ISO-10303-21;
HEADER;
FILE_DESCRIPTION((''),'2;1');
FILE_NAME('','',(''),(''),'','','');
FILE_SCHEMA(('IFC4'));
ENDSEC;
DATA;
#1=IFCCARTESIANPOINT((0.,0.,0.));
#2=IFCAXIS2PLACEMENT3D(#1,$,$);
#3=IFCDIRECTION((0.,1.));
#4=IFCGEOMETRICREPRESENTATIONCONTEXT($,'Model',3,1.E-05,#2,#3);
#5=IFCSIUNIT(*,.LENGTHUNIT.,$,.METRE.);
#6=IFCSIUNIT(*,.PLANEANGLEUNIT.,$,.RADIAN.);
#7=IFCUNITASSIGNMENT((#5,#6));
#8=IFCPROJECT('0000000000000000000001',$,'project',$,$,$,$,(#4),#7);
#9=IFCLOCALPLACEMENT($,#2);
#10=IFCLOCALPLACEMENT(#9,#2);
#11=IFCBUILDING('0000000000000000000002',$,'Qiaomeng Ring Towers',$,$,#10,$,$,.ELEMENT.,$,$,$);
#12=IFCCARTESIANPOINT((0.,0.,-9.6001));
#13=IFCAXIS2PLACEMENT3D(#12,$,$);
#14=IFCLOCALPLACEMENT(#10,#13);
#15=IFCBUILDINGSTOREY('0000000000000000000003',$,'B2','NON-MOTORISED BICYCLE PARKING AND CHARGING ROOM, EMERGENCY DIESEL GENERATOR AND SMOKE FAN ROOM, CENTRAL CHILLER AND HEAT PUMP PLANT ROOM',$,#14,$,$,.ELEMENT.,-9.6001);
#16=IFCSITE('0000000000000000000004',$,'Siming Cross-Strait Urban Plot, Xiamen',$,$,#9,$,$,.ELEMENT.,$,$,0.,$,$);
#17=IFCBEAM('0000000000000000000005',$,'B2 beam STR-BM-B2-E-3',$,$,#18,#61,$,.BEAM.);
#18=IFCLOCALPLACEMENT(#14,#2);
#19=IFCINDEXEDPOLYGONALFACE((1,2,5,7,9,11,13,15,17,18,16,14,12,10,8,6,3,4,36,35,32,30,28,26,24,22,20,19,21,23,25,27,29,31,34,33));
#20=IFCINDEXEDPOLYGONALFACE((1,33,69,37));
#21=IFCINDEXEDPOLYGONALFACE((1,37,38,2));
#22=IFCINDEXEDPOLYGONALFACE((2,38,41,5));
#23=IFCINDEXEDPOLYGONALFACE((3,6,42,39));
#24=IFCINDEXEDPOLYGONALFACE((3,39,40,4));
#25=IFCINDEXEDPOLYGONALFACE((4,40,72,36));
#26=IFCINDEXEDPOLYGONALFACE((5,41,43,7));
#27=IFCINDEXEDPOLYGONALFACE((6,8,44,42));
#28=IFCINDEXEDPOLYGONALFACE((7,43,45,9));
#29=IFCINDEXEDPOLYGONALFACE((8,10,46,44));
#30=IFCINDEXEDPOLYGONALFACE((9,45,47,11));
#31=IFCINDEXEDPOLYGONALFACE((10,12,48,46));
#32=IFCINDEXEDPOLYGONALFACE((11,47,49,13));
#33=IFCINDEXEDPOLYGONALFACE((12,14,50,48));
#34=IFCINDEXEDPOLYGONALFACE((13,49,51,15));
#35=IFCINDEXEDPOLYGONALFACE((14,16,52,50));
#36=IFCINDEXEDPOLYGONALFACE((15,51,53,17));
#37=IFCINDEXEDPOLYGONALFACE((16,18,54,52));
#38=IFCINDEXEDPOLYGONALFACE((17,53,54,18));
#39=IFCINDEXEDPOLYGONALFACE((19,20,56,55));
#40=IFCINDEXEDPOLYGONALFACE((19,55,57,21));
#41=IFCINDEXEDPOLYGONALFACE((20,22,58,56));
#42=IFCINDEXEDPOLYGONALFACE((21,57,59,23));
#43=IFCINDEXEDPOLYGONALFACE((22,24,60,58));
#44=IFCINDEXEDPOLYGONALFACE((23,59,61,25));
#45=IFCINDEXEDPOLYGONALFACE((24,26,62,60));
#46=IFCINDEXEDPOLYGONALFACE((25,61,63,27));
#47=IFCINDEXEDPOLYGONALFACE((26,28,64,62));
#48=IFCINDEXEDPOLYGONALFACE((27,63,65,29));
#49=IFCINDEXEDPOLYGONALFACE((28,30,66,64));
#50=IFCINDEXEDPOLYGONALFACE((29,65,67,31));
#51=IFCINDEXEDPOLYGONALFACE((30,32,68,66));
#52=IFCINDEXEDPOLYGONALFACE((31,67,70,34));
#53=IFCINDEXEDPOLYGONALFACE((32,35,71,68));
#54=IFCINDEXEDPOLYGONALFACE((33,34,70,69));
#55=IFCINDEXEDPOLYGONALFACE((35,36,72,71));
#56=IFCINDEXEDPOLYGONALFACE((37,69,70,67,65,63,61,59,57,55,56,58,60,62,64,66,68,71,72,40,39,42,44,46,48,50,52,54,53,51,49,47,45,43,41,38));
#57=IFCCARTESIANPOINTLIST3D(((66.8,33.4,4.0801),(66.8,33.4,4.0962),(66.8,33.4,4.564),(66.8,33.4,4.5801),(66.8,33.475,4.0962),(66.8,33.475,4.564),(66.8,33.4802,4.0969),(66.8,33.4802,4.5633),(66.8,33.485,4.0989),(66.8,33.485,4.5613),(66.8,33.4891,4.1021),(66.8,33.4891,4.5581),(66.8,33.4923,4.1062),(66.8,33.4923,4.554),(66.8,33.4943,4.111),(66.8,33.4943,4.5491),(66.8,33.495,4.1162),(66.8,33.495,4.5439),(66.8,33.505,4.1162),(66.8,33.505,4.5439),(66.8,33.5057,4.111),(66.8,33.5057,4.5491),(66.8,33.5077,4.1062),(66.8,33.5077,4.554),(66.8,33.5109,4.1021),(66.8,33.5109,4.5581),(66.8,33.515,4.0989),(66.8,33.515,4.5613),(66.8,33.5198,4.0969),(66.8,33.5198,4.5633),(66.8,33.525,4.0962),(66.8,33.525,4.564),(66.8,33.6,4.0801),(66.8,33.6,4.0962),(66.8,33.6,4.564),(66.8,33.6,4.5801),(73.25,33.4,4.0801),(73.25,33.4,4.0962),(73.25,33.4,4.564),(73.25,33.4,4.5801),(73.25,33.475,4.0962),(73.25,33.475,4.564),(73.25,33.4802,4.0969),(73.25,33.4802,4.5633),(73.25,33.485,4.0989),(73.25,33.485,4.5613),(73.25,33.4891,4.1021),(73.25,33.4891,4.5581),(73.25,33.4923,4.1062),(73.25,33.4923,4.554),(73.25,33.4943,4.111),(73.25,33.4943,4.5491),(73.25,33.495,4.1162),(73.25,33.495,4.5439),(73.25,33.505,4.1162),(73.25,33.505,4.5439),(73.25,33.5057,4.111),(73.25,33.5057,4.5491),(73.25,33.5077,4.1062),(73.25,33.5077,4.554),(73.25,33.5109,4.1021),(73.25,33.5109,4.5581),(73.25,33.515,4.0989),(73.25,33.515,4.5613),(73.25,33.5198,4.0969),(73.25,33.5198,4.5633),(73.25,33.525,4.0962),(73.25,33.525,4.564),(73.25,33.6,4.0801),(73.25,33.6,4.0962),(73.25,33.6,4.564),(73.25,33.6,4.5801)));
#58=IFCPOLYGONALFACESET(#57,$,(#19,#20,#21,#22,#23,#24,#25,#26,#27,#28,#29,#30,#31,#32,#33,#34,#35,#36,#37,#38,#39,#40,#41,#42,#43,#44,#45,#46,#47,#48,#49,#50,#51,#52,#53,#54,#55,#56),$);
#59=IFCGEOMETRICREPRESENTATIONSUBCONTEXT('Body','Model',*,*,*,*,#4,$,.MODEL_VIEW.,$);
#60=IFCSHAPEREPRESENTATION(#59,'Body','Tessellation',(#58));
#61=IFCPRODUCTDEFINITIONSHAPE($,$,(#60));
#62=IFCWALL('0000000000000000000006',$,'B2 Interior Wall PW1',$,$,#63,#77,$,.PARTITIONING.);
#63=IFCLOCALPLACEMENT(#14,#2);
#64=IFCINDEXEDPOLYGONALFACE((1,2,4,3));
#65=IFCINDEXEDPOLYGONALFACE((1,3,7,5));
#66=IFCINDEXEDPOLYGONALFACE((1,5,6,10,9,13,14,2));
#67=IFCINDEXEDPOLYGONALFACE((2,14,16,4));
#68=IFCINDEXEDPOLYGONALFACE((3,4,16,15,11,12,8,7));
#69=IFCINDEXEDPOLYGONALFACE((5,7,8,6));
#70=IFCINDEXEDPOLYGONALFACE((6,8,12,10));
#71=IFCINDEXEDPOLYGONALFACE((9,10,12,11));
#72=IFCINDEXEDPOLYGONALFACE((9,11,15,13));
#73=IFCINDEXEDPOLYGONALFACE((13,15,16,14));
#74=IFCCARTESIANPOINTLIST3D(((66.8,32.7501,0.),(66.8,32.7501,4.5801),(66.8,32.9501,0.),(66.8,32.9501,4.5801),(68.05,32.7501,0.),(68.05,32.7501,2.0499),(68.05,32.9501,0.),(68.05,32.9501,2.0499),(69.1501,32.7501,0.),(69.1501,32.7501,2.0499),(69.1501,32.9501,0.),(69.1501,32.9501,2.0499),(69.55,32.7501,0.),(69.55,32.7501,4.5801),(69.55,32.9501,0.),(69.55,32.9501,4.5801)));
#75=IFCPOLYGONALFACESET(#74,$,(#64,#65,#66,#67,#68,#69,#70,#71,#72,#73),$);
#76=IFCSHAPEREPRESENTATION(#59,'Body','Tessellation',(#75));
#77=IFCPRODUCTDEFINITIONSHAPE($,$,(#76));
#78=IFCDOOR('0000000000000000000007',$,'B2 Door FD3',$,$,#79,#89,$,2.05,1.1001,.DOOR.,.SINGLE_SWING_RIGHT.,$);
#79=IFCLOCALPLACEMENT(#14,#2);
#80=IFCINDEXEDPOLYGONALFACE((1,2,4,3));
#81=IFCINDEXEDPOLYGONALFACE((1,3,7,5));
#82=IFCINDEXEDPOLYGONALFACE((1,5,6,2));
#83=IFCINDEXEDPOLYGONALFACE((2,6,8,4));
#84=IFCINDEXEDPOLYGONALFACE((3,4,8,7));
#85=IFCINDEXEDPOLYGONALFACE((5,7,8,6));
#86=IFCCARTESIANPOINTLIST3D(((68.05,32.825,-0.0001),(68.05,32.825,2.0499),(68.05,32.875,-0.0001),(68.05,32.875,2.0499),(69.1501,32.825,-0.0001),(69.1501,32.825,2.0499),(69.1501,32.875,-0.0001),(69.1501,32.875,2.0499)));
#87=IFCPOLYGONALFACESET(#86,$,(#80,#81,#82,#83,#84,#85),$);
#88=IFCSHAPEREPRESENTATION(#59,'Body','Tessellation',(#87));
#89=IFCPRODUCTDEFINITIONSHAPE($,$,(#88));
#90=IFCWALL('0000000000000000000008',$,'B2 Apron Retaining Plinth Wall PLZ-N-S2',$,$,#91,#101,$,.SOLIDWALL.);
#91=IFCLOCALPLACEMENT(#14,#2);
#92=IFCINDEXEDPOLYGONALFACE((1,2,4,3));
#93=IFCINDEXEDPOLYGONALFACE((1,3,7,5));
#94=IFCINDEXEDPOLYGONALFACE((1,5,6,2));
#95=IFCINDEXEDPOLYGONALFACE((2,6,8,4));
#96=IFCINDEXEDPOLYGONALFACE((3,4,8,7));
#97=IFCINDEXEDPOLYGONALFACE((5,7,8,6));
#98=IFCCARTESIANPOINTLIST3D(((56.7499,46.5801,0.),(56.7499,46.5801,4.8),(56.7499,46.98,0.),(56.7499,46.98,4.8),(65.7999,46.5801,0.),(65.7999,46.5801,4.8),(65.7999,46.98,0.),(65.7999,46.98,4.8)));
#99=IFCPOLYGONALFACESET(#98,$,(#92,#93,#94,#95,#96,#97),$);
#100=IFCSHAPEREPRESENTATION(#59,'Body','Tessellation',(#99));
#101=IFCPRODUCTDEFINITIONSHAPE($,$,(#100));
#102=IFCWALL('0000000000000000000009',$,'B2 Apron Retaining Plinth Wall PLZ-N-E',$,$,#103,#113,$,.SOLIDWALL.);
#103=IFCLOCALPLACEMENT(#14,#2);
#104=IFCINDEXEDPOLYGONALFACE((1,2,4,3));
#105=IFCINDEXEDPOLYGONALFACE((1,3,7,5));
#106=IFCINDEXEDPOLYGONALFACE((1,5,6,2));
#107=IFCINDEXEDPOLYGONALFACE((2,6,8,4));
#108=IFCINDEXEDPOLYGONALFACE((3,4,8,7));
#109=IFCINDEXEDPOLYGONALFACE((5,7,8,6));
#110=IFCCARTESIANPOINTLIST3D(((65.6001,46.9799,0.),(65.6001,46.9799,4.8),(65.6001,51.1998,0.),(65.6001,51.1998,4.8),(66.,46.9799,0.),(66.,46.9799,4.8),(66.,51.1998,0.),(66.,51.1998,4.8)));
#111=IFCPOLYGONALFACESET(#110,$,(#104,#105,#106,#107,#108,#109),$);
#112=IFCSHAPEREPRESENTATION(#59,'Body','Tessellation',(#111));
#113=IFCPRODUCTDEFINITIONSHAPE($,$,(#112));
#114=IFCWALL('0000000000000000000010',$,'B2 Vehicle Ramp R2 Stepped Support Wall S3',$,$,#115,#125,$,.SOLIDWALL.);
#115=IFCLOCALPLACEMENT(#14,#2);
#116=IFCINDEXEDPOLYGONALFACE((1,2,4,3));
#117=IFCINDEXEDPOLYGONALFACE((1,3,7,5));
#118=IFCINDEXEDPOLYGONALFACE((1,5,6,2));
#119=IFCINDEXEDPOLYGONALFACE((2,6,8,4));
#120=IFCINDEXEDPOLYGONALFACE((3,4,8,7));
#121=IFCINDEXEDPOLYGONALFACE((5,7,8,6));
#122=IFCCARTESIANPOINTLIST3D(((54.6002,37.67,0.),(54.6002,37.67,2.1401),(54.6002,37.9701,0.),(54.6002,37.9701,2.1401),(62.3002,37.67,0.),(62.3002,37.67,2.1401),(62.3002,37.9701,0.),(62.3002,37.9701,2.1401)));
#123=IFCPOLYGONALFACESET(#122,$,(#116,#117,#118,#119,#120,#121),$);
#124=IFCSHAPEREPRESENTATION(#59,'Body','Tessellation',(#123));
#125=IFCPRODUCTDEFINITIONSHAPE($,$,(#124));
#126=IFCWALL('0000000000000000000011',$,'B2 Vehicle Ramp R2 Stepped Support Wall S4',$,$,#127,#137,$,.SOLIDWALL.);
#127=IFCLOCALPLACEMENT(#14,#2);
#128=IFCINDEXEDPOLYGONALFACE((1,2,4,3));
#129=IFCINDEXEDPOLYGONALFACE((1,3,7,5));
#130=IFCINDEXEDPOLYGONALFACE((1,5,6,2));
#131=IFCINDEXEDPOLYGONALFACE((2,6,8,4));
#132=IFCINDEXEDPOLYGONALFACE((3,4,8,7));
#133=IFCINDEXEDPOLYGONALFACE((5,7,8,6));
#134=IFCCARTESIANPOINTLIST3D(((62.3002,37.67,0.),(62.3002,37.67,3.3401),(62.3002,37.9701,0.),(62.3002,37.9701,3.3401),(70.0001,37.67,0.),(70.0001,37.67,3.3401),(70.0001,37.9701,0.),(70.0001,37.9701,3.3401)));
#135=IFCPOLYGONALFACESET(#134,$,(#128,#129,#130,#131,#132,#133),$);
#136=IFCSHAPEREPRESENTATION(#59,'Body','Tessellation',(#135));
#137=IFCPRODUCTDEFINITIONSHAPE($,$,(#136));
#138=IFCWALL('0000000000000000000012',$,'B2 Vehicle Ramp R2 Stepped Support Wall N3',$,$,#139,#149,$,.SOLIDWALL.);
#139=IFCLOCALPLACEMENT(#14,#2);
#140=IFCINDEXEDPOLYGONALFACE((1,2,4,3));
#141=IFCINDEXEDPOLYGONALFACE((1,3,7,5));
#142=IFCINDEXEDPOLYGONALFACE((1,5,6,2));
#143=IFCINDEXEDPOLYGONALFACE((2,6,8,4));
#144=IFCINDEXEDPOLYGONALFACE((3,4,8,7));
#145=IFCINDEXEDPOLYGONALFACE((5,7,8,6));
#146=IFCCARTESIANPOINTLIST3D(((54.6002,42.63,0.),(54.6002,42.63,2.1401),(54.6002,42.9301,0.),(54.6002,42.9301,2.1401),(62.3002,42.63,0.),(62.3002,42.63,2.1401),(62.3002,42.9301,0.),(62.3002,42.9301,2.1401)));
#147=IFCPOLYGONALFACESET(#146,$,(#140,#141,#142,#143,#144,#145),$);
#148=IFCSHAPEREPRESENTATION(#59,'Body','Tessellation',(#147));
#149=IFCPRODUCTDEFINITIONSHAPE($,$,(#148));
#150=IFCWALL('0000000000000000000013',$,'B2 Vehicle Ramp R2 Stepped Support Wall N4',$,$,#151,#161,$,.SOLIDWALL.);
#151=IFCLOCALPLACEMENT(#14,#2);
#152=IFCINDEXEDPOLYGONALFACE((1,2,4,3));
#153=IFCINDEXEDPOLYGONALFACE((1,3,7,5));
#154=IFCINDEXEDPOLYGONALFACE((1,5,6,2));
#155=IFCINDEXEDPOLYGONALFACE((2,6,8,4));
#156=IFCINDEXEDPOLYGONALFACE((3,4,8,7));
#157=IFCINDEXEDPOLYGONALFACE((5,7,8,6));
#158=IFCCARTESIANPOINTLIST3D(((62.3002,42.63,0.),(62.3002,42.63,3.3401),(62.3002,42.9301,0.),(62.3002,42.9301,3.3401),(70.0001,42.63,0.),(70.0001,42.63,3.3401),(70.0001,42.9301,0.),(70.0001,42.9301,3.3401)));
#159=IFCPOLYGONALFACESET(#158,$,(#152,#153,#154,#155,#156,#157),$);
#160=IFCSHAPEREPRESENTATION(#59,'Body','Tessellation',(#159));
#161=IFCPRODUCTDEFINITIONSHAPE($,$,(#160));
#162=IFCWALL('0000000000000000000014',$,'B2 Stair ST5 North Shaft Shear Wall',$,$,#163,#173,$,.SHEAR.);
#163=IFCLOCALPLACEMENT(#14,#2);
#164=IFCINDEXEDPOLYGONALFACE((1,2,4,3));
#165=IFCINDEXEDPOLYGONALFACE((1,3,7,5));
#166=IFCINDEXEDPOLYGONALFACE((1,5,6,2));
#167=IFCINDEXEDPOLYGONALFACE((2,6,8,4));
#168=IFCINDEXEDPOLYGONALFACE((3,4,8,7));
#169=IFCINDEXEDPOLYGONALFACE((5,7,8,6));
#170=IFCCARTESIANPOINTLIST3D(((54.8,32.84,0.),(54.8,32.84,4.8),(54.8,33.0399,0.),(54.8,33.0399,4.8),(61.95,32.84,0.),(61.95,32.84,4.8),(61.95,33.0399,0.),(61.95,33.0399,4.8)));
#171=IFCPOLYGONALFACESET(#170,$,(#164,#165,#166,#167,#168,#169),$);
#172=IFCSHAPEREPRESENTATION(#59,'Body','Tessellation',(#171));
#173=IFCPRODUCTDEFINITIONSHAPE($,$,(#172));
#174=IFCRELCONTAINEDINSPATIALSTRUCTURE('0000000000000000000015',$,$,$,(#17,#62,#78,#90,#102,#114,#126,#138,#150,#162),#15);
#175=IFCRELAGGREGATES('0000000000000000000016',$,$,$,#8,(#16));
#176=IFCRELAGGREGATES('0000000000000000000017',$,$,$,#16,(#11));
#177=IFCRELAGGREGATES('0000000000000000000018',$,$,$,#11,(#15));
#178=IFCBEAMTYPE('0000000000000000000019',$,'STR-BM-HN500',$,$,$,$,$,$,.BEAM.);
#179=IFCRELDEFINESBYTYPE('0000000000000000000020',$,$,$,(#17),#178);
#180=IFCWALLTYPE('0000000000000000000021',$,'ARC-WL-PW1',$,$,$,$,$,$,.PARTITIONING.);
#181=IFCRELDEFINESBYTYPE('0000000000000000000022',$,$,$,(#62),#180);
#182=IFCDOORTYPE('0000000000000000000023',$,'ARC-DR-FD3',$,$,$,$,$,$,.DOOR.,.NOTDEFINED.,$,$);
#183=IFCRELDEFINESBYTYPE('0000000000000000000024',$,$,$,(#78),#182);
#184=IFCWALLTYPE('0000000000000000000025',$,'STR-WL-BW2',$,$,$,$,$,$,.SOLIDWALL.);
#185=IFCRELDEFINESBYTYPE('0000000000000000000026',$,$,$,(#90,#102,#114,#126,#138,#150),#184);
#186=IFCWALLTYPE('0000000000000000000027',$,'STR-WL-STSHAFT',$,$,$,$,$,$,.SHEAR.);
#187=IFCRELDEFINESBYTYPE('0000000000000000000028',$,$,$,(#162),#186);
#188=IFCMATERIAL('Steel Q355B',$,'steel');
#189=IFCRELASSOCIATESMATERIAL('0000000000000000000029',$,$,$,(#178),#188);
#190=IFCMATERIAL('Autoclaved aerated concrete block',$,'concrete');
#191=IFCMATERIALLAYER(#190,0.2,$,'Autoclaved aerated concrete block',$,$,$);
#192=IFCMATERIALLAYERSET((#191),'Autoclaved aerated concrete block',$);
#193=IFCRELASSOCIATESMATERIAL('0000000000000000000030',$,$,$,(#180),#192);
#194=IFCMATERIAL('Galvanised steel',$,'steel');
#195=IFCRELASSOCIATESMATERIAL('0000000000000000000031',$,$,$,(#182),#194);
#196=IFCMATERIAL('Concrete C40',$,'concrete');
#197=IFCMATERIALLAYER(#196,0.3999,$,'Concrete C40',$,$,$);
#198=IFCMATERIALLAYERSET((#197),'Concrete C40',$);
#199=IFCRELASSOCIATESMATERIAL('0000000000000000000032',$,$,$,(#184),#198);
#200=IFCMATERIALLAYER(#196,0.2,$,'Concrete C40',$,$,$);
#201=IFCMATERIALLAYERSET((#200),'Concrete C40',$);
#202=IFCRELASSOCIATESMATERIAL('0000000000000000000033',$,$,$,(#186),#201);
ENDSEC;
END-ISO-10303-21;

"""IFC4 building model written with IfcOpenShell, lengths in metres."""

from ifc_helpers import new_model, si_unit, direction, frame, frame_2d, origin, origin_2d, place, context, subcontext, project, spatial, rectangle, i_section, extrude, source, transform, mapped, material, layer, layer_set, material_profile, profile_set, type_object, element, fill, save


model = new_model("IFC4")

# Units and contexts
model_context = context("Model", 3, precision=1e-05, world=origin(), true_north=direction((0.0, 1.0)))
body_context = subcontext(model_context, "Body", "Model", "MODEL_VIEW")
ifc_project = project(units=[si_unit("LENGTHUNIT", "METRE"), si_unit("PLANEANGLEUNIT", "RADIAN")], contexts=[model_context])

# Site, building, storey
site_placement = place(None, origin())
site = spatial("IfcSite", under=ifc_project, at=site_placement, Name="Siming Cross-Strait Urban Plot, Xiamen", CompositionType="ELEMENT", RefElevation=0.0)
building_placement = place(site_placement, origin())
building = spatial("IfcBuilding", under=site, at=building_placement, Name="Qiaomeng Ring Towers", CompositionType="ELEMENT")
storey_placement = place(building_placement, frame((0.0, 0.0, -9.6001)))
storey = spatial("IfcBuildingStorey", under=building, at=storey_placement, Name="B2", Description="NON-MOTORISED BICYCLE PARKING AND CHARGING ROOM, EMERGENCY DIESEL GENERATOR AND SMOKE FAN ROOM, CENTRAL CHILLER AND HEAT PUMP PLANT ROOM", CompositionType="ELEMENT", Elevation=-9.6001)

# Shared definitions
ifc_material_1 = material(Name="Concrete C40", Category="concrete")

# Beam
ifc_material_2 = material(Name="Steel Q355B", Category="steel")
ifc_material_profile_1 = material_profile(ifc_material_2, i_section(OverallWidth=0.2, OverallDepth=0.5, WebThickness=0.01, FlangeThickness=0.0161, FilletRadius=0.02, at=origin_2d()), Name="HN 500x200x10x16")
ifc_profile_set_1 = profile_set([ifc_material_profile_1], Name="Steel Q355B")
beam_type = type_object("IfcBeamType", Name="STR-BM-HN500", PredefinedType="BEAM", material=ifc_profile_set_1)
shared_shape_1 = source(origin(), body_context, "Body", "SweptSolid", [
    extrude(i_section(OverallWidth=0.2, OverallDepth=0.5, WebThickness=0.01, FlangeThickness=0.0161, FilletRadius=0.02, at=origin_2d()), origin(), (0.0, 0.0, 1.0), 6.45),
])
beam_1_placement = place(storey_placement, frame((66.8, 33.5, 4.3301), z_axis=(1.0, 0.0, 0.0), x_axis=(0.0, 1.0, 0.0)))
element("IfcBeam", 1, at=beam_1_placement, inside=storey, type_object=beam_type, Name="B2 beam STR-BM-B2-E-3", PredefinedType="BEAM", context=body_context, shape_type="MappedRepresentation", body=[
    mapped(shared_shape_1, transform((0.0, 0.0, 0.0), x_axis=(1.0, 0.0, 0.0), y_axis=(0.0, 1.0, 0.0), z_axis=(0.0, 0.0, 1.0), scale=1.0)),
])

# Wall, opening, door
ifc_material_3 = material(Name="Autoclaved aerated concrete block", Category="concrete")
ifc_layer_1 = layer(ifc_material_3, 0.2, Name="Autoclaved aerated concrete block")
ifc_layer_set_1 = layer_set([ifc_layer_1], Name="Autoclaved aerated concrete block")
wall_type_1 = type_object("IfcWallType", Name="ARC-WL-PW1", PredefinedType="PARTITIONING", material=ifc_layer_set_1)
wall_1_placement = place(storey_placement, frame((66.8, 32.8501, 0.0), z_axis=(0.0, 0.0, 1.0), x_axis=(1.0, 0.0, 0.0)))
wall_1 = element("IfcWall", 2, at=wall_1_placement, inside=storey, type_object=wall_type_1, Name="B2 Interior Wall PW1", PredefinedType="PARTITIONING", context=body_context, shape_type="SweptSolid", body=[
    extrude(rectangle(XDim=2.75, YDim=0.2, at=frame_2d((1.375, 0.0))), origin(), (0.0, 0.0, 1.0), 4.5801),
])
opening_1_placement = place(wall_1_placement, frame((1.25, 0.0, 0.0)))
opening_1 = element("IfcOpeningElement", 3, at=opening_1_placement, cuts=wall_1, PredefinedType="OPENING", context=body_context, shape_type="SweptSolid", body=[
    extrude(rectangle(XDim=1.1001, YDim=2.05, at=frame_2d((0.55, 1.0249))), frame((0.0, 0.1099, 0.0), z_axis=(0.0, -1.0, 0.0), x_axis=(1.0, 0.0, 0.0)), (0.0, 0.0, 1.0), 0.22),
])
ifc_material_4 = material(Name="Galvanised steel", Category="steel")
door_type_1 = type_object("IfcDoorType", Name="ARC-DR-FD3", OperationType="NOTDEFINED", PredefinedType="DOOR", material=ifc_material_4)
shared_shape_2 = source(origin(), body_context, "Body", "SweptSolid", [
    extrude(rectangle(XDim=1.1001, YDim=2.05, at=frame_2d((0.55, 1.0249))), frame((0.0, 0.0249, 0.0), z_axis=(0.0, -1.0, 0.0), x_axis=(1.0, 0.0, 0.0)), (0.0, 0.0, 1.0), 0.05),
])
door_1_placement = place(opening_1_placement, origin())
door_1 = element("IfcDoor", 4, at=door_1_placement, inside=storey, type_object=door_type_1, Name="B2 Door FD3", OperationType="SINGLE_SWING_RIGHT", OverallHeight=2.05, OverallWidth=1.1001, PredefinedType="DOOR", context=body_context, shape_type="MappedRepresentation", body=[
    mapped(shared_shape_2, transform((0.0, 0.0, 0.0), x_axis=(1.0, 0.0, 0.0), y_axis=(0.0, 1.0, 0.0), z_axis=(0.0, 0.0, 1.0), scale=1.0)),
])
fill(opening_1, door_1)

# Walls
ifc_layer_2 = layer(ifc_material_1, 0.3999, Name="Concrete C40")
ifc_layer_set_2 = layer_set([ifc_layer_2], Name="Concrete C40")
wall_type_2 = type_object("IfcWallType", Name="STR-WL-BW2", PredefinedType="SOLIDWALL", material=ifc_layer_set_2)
wall_2_placement = place(storey_placement, frame((56.75, 46.78, 0.0), z_axis=(0.0, 0.0, 1.0), x_axis=(1.0, 0.0, 0.0)))
element("IfcWall", 5, at=wall_2_placement, inside=storey, type_object=wall_type_2, Name="B2 Apron Retaining Plinth Wall PLZ-N-S2", PredefinedType="SOLIDWALL", context=body_context, shape_type="SweptSolid", body=[
    extrude(rectangle(XDim=9.05, YDim=0.3999, at=frame_2d((4.5249, 0.0))), origin(), (0.0, 0.0, 1.0), 4.8),
])
wall_3_placement = place(storey_placement, frame((65.8, 46.98, 0.0), z_axis=(0.0, 0.0, 1.0), x_axis=(0.0, 1.0, 0.0)))
element("IfcWall", 6, at=wall_3_placement, inside=storey, type_object=wall_type_2, Name="B2 Apron Retaining Plinth Wall PLZ-N-E", PredefinedType="SOLIDWALL", context=body_context, shape_type="SweptSolid", body=[
    extrude(rectangle(XDim=4.22, YDim=0.3999, at=frame_2d((2.1099, 0.0))), origin(), (0.0, 0.0, 1.0), 4.8),
])
wall_4_placement = place(storey_placement, frame((54.6001, 37.8201, 0.0), z_axis=(0.0, 0.0, 1.0), x_axis=(1.0, 0.0, 0.0)))
element("IfcWall", 7, at=wall_4_placement, inside=storey, type_object=wall_type_2, Name="B2 Vehicle Ramp R2 Stepped Support Wall S3", PredefinedType="SOLIDWALL", context=body_context, shape_type="SweptSolid", body=[
    extrude(rectangle(XDim=7.7, YDim=0.3, at=frame_2d((3.8501, 0.0))), origin(), (0.0, 0.0, 1.0), 2.1401),
])
wall_5_placement = place(storey_placement, frame((62.3, 37.8201, 0.0), z_axis=(0.0, 0.0, 1.0), x_axis=(1.0, 0.0, 0.0)))
element("IfcWall", 8, at=wall_5_placement, inside=storey, type_object=wall_type_2, Name="B2 Vehicle Ramp R2 Stepped Support Wall S4", PredefinedType="SOLIDWALL", context=body_context, shape_type="SweptSolid", body=[
    extrude(rectangle(XDim=7.7, YDim=0.3, at=frame_2d((3.8501, 0.0))), origin(), (0.0, 0.0, 1.0), 3.3401),
])
wall_6_placement = place(storey_placement, frame((54.6001, 42.78, 0.0), z_axis=(0.0, 0.0, 1.0), x_axis=(1.0, 0.0, 0.0)))
element("IfcWall", 9, at=wall_6_placement, inside=storey, type_object=wall_type_2, Name="B2 Vehicle Ramp R2 Stepped Support Wall N3", PredefinedType="SOLIDWALL", context=body_context, shape_type="SweptSolid", body=[
    extrude(rectangle(XDim=7.7, YDim=0.3, at=frame_2d((3.8501, 0.0))), origin(), (0.0, 0.0, 1.0), 2.1401),
])
wall_7_placement = place(storey_placement, frame((62.3, 42.78, 0.0), z_axis=(0.0, 0.0, 1.0), x_axis=(1.0, 0.0, 0.0)))
element("IfcWall", 10, at=wall_7_placement, inside=storey, type_object=wall_type_2, Name="B2 Vehicle Ramp R2 Stepped Support Wall N4", PredefinedType="SOLIDWALL", context=body_context, shape_type="SweptSolid", body=[
    extrude(rectangle(XDim=7.7, YDim=0.3, at=frame_2d((3.8501, 0.0))), origin(), (0.0, 0.0, 1.0), 3.3401),
])
ifc_layer_3 = layer(ifc_material_1, 0.2, Name="Concrete C40")
ifc_layer_set_3 = layer_set([ifc_layer_3], Name="Concrete C40")
wall_type_3 = type_object("IfcWallType", Name="STR-WL-STSHAFT", PredefinedType="SHEAR", material=ifc_layer_set_3)
wall_8_placement = place(storey_placement, frame((54.8, 32.9399, 0.0), z_axis=(0.0, 0.0, 1.0), x_axis=(1.0, 0.0, 0.0)))
element("IfcWall", 11, at=wall_8_placement, inside=storey, type_object=wall_type_3, Name="B2 Stair ST5 North Shaft Shear Wall", PredefinedType="SHEAR", context=body_context, shape_type="SweptSolid", body=[
    extrude(rectangle(XDim=7.1499, YDim=0.2, at=frame_2d((3.575, 0.0))), origin(), (0.0, 0.0, 1.0), 4.8),
])

save(model, "model.ifc")
